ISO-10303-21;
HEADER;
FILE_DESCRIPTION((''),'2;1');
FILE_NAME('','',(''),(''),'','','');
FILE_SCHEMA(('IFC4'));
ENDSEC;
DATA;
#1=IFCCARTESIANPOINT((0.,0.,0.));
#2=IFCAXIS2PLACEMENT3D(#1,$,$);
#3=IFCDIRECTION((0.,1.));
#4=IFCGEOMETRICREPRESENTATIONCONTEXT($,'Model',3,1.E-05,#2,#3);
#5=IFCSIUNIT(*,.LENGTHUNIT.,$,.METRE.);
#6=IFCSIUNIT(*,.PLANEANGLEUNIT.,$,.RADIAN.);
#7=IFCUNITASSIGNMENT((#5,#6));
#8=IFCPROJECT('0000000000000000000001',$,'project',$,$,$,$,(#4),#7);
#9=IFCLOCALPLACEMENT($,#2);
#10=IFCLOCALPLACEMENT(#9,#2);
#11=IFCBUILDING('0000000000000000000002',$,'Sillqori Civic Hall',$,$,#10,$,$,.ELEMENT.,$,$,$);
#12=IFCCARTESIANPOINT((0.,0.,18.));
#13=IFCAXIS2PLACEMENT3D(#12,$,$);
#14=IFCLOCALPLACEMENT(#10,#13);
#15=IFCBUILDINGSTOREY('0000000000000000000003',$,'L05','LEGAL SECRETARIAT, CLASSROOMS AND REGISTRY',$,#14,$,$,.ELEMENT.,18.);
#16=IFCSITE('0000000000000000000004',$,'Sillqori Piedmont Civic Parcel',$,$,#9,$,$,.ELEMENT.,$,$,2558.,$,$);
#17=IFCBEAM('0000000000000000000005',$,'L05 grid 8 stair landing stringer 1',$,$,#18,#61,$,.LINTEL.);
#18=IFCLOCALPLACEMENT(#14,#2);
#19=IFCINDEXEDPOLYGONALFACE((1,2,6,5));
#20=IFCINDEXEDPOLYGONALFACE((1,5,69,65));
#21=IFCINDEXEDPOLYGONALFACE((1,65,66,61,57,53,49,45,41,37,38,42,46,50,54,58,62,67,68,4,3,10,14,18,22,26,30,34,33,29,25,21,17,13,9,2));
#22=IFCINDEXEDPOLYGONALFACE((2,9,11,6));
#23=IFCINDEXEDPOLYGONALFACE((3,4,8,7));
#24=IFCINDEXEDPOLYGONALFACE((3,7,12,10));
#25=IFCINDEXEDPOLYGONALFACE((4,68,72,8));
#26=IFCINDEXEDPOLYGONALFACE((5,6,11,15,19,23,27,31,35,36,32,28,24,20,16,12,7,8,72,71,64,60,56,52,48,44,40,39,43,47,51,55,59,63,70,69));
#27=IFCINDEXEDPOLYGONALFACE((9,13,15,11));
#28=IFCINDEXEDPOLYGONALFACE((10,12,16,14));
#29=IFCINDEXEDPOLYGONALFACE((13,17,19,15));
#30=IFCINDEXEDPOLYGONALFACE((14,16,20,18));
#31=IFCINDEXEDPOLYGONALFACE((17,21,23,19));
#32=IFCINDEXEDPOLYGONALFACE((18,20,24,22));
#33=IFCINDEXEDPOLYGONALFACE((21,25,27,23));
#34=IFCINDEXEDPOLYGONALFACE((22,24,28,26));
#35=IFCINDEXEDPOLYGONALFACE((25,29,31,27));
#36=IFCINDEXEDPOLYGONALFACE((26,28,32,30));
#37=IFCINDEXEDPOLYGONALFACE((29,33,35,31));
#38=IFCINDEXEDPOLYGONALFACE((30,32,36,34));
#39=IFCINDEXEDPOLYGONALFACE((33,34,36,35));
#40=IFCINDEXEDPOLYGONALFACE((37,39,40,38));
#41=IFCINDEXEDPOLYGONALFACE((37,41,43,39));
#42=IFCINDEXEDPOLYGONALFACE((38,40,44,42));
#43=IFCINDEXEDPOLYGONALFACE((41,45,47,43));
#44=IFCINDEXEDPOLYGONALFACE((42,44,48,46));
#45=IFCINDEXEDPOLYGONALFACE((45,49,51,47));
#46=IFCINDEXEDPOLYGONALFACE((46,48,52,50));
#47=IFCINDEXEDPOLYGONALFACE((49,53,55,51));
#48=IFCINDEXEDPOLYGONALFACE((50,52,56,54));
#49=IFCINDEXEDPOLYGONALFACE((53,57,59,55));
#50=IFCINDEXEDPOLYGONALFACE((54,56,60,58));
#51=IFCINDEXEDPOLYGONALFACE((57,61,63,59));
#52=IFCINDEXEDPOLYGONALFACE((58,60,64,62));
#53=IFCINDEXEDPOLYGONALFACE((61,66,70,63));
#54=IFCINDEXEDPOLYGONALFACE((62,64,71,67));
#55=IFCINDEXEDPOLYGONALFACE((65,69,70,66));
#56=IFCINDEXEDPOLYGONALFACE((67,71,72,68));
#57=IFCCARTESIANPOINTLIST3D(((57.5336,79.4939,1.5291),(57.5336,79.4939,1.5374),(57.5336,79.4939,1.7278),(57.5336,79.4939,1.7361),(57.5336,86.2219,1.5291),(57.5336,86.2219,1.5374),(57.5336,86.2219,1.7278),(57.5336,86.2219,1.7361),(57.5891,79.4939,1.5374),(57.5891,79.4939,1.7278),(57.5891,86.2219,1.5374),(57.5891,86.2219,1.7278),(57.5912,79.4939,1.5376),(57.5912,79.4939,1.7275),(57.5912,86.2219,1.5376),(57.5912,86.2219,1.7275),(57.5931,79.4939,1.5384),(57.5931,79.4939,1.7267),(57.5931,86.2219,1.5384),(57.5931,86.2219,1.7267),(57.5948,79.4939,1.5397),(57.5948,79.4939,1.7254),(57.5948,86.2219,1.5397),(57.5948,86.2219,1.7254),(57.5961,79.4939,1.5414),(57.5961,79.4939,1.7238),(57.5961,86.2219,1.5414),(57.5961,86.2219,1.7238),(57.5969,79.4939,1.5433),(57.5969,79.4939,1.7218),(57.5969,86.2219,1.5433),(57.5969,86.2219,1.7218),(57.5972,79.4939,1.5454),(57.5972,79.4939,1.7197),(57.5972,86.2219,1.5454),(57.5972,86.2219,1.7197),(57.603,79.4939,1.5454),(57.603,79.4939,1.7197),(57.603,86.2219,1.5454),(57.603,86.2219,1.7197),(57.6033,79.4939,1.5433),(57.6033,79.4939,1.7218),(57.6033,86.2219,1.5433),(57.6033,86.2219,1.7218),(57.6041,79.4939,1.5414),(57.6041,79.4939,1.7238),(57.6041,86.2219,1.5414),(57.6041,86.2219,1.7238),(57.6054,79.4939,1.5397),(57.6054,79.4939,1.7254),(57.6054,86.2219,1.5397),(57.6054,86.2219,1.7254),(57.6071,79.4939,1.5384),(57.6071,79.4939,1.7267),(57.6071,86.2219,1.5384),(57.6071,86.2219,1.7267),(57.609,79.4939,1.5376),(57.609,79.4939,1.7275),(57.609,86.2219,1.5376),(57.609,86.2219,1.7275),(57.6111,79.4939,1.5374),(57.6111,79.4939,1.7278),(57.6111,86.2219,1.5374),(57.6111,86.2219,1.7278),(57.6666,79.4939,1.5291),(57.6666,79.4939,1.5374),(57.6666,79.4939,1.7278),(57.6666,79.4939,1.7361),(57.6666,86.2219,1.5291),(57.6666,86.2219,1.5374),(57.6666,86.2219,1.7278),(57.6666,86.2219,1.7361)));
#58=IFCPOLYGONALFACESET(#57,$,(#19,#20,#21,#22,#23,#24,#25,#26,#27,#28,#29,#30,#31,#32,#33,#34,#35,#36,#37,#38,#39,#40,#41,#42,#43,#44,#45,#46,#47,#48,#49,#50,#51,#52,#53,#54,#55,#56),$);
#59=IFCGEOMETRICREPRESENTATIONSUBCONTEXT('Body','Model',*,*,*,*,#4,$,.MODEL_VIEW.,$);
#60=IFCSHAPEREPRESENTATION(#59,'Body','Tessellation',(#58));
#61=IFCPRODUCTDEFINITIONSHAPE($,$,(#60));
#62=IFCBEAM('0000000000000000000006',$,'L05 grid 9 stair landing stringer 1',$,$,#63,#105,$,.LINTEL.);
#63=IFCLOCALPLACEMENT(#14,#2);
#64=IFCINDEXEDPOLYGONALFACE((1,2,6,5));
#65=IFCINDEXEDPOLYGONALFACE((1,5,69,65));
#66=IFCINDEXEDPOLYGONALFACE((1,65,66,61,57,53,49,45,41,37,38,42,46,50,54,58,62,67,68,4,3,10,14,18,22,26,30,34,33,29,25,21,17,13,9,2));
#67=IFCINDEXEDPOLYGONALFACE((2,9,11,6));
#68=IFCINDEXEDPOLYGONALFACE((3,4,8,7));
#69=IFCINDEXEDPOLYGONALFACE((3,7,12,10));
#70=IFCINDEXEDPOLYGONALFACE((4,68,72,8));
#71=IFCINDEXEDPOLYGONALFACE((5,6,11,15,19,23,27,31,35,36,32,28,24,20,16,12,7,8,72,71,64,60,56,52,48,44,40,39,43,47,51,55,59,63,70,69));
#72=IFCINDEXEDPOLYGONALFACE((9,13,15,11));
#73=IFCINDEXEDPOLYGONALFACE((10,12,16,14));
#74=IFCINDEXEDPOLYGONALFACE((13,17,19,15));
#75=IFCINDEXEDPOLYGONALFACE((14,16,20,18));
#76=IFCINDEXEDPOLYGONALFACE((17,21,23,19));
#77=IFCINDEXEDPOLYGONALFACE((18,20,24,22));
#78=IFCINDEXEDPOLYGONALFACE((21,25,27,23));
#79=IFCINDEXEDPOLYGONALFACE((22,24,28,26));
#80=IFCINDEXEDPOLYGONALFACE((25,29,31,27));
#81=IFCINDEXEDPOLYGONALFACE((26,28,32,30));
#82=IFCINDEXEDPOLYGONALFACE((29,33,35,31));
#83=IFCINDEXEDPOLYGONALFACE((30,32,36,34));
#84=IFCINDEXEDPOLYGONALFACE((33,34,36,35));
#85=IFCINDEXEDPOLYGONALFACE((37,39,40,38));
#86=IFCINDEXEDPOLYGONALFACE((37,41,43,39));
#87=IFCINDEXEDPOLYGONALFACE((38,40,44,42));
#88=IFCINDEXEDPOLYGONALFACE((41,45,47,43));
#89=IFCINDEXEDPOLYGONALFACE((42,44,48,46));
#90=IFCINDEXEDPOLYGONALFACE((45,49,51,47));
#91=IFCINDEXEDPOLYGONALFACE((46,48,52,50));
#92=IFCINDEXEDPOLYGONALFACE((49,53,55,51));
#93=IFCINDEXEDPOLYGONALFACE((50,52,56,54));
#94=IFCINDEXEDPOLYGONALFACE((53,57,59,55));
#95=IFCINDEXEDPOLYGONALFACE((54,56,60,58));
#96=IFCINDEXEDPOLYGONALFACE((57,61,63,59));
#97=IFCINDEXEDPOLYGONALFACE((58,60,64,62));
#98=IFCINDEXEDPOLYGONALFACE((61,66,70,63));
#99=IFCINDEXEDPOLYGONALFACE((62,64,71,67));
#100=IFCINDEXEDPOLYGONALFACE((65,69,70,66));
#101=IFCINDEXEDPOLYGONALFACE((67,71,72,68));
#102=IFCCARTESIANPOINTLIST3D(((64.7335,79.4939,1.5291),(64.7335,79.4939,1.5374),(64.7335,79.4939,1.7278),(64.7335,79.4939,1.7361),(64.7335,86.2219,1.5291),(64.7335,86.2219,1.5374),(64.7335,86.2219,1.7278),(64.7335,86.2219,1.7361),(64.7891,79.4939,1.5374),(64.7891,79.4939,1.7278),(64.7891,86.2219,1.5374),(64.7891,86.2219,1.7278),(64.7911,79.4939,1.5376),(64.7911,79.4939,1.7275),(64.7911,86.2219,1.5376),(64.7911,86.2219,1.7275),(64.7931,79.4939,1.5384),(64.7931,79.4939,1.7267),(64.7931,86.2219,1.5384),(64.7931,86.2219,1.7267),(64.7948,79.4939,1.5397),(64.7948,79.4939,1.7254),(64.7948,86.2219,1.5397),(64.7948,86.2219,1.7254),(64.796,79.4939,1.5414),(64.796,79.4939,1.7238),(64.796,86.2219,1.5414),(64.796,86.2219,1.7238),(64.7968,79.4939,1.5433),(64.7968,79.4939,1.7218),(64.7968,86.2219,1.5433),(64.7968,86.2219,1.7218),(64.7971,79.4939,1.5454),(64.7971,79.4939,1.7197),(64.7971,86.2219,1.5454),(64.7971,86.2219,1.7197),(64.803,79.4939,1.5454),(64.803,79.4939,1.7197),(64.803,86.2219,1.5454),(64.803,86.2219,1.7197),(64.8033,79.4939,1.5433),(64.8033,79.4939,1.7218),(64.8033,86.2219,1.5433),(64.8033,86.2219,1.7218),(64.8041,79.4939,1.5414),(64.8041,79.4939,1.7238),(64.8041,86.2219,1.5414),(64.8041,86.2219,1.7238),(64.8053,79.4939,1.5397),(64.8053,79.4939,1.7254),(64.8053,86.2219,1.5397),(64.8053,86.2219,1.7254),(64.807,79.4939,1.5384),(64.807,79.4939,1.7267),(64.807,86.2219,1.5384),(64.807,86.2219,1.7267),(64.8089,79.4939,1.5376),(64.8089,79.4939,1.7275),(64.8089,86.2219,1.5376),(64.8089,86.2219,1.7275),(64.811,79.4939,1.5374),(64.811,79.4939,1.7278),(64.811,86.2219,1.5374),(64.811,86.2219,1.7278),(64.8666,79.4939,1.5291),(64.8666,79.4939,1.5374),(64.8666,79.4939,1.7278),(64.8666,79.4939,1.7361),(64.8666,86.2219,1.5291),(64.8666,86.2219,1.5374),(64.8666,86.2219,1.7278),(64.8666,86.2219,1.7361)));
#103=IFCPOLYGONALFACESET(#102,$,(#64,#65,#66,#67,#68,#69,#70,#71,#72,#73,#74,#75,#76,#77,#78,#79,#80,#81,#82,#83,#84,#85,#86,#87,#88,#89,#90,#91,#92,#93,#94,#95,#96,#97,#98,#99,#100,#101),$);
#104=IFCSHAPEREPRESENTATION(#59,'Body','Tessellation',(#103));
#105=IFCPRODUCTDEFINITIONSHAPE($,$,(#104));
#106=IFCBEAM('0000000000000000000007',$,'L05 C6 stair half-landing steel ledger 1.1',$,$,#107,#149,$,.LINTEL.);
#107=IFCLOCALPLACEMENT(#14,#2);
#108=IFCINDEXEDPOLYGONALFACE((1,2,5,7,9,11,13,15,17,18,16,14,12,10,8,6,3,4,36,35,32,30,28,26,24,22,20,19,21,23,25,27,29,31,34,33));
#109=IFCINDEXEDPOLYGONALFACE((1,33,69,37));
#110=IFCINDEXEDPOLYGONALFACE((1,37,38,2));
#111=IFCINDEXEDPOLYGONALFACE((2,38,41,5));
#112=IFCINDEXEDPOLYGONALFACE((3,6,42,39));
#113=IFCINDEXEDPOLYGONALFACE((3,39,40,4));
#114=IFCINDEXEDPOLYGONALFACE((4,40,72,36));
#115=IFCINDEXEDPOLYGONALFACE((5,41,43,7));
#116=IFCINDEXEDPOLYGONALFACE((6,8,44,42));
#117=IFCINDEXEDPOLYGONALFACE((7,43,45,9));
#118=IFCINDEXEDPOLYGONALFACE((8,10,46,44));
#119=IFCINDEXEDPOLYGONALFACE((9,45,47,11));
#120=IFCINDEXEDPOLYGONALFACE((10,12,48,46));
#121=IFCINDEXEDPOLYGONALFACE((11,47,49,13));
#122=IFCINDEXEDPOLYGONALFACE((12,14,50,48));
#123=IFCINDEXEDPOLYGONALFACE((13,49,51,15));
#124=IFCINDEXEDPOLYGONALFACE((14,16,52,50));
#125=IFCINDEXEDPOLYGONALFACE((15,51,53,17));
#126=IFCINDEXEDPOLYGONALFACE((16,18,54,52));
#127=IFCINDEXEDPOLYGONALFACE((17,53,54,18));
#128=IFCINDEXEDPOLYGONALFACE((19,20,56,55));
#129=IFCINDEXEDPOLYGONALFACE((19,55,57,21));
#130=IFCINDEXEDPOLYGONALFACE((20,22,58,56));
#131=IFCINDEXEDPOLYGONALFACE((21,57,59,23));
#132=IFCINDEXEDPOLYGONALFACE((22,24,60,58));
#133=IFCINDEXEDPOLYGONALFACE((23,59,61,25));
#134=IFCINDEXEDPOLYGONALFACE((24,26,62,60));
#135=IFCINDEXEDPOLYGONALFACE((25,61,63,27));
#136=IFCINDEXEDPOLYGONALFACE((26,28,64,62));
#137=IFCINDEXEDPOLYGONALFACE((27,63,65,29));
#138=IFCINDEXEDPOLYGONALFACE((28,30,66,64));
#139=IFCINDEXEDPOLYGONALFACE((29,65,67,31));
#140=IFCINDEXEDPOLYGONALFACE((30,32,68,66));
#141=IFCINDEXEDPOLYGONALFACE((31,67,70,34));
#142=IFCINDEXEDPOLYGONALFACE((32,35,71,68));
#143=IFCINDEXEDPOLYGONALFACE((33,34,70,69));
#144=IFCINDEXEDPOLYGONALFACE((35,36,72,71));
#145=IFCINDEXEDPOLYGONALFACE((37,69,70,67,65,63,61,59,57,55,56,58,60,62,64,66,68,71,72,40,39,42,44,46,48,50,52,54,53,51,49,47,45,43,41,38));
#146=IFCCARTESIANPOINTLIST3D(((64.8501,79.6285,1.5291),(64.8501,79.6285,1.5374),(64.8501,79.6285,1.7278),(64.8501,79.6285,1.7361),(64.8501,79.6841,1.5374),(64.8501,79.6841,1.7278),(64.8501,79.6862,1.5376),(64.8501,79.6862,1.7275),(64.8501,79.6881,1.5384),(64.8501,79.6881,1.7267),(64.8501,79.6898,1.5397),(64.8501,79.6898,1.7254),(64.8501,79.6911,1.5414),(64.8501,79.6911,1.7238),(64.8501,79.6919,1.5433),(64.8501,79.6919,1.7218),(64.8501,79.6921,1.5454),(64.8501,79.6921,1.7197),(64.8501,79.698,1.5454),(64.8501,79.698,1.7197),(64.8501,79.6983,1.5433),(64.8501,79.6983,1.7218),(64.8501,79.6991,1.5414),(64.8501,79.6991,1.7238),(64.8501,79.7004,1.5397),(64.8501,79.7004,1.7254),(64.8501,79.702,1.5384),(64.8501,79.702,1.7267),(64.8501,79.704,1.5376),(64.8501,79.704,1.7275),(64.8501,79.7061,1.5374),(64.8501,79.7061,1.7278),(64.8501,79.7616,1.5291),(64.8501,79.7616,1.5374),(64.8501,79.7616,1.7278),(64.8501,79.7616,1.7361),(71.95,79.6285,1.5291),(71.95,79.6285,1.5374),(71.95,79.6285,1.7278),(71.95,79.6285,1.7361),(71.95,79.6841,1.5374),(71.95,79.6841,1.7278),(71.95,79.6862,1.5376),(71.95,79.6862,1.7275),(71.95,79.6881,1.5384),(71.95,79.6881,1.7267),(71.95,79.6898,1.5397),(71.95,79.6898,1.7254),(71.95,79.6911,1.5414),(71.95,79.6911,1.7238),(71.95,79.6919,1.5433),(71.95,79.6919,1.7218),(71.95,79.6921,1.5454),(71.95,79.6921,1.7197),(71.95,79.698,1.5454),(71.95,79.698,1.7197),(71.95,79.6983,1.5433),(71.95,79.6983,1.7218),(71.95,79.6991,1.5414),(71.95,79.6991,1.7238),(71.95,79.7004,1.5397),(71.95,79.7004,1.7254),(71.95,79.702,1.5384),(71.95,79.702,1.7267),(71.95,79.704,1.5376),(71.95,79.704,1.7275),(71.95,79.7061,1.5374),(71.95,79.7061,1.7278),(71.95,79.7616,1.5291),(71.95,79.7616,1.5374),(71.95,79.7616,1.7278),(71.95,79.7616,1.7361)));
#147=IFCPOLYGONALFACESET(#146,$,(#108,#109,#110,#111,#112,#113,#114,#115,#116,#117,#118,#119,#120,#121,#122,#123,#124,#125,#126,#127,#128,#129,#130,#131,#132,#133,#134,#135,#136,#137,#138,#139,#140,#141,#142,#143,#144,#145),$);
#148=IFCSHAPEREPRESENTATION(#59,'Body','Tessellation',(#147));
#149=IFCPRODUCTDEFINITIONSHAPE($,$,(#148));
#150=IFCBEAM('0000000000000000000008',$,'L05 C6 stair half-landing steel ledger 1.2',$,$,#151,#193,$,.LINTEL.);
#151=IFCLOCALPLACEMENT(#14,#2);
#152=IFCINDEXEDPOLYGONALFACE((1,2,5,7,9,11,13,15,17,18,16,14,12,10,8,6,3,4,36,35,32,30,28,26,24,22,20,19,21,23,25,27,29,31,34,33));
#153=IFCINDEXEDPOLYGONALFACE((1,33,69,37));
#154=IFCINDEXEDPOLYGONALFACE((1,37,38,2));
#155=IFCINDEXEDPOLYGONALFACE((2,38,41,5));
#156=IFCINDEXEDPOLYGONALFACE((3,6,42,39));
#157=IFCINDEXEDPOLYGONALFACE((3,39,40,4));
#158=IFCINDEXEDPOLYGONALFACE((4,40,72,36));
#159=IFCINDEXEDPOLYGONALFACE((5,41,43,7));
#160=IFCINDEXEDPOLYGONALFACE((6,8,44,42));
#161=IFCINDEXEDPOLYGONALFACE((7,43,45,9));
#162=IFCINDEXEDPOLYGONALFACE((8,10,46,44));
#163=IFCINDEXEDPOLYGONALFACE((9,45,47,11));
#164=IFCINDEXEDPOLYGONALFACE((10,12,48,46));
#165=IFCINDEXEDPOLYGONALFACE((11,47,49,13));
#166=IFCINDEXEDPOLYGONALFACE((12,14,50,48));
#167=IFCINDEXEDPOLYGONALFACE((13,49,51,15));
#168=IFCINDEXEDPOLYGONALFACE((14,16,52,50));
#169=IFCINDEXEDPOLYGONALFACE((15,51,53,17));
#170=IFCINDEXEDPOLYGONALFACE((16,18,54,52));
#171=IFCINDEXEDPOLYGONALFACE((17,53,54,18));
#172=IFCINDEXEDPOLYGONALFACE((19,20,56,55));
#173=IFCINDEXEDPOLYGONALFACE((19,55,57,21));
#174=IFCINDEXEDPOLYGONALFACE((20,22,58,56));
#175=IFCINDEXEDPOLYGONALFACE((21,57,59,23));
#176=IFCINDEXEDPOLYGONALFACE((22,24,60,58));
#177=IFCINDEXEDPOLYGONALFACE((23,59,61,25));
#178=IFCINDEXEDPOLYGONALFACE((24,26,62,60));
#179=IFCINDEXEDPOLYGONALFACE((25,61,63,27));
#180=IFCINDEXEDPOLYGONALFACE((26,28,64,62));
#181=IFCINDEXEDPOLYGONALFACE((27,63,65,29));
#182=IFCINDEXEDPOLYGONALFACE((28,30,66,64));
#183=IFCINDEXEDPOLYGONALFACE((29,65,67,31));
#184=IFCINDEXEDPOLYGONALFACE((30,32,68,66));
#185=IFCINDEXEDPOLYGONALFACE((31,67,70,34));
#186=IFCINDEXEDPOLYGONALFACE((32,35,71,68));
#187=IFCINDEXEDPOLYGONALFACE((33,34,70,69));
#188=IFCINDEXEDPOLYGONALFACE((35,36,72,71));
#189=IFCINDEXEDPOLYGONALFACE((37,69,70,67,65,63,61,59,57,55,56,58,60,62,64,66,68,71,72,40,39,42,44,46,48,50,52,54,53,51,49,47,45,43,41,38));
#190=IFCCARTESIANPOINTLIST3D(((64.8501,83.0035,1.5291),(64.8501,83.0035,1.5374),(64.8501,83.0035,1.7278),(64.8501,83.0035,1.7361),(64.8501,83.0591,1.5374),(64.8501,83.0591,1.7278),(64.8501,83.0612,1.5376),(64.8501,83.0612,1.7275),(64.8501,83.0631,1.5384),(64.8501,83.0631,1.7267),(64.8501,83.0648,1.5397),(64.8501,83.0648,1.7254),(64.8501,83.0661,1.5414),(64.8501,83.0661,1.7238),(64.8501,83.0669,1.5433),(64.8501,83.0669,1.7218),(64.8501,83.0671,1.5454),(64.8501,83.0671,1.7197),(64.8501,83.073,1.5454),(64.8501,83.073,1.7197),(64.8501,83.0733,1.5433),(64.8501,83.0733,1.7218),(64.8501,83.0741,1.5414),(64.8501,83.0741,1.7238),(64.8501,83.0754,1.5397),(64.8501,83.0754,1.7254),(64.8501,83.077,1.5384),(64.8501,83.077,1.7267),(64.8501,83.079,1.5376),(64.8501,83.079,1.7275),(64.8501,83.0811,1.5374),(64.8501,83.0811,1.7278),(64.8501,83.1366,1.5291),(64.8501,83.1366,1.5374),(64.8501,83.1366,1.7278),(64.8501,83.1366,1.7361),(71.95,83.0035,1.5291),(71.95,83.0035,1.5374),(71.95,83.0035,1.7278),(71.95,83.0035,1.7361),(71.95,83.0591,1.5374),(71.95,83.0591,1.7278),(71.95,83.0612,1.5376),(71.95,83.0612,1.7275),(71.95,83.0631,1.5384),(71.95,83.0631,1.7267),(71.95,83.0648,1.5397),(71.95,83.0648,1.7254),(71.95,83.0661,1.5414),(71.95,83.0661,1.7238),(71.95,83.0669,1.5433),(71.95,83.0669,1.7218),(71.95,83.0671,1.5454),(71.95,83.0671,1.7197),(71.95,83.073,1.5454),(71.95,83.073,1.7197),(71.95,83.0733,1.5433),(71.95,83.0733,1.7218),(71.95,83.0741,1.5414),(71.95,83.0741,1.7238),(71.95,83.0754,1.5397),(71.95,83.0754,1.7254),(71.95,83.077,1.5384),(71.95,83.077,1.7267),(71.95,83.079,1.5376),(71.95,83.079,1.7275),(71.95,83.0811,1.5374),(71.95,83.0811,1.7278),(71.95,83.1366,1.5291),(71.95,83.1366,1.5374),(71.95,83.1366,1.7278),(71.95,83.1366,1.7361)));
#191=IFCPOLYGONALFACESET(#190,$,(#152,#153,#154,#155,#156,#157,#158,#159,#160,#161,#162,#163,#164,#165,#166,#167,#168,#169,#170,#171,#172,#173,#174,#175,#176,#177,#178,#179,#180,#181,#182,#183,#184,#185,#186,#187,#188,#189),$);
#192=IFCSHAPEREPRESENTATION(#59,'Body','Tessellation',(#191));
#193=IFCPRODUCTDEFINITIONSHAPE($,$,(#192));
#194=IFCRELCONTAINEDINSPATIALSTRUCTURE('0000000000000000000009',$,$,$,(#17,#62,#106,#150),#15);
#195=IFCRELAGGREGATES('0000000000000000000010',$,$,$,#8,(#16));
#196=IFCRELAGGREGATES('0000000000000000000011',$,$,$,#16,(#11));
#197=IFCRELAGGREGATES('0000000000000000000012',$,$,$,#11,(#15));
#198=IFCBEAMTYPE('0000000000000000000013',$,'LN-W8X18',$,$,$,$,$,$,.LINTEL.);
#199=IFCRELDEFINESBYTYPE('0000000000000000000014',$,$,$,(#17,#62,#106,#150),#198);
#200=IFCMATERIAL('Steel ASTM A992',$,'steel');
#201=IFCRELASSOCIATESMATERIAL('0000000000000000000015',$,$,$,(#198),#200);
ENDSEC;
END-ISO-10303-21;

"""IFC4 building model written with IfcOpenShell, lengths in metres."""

from ifc_helpers import new_model, si_unit, direction, frame, origin, origin_2d, place, context, subcontext, project, spatial, i_section, extrude, material, material_profile, profile_set, type_object, element, save


model = new_model("IFC4")

# Units and contexts
model_context = context("Model", 3, precision=1e-05, world=origin(), true_north=direction((0.0, 1.0)))
body_context = subcontext(model_context, "Body", "Model", "MODEL_VIEW")
ifc_project = project(units=[si_unit("LENGTHUNIT", "METRE"), si_unit("PLANEANGLEUNIT", "RADIAN")], contexts=[model_context])

# Site, building, storey
site_placement = place(None, origin())
site = spatial("IfcSite", under=ifc_project, at=site_placement, Name="Sillqori Piedmont Civic Parcel", CompositionType="ELEMENT", RefElevation=2558.0)
building_placement = place(site_placement, origin())
building = spatial("IfcBuilding", under=site, at=building_placement, Name="Sillqori Civic Hall", CompositionType="ELEMENT")
storey_placement = place(building_placement, frame((0.0, 0.0, 18.0)))
storey = spatial("IfcBuildingStorey", under=building, at=storey_placement, Name="L05", Description="LEGAL SECRETARIAT, CLASSROOMS AND REGISTRY", CompositionType="ELEMENT", Elevation=18.0)

# Shared definitions
ifc_material_1 = material(Name="Steel ASTM A992", Category="steel")

# Beams
ifc_material_profile_1 = material_profile(ifc_material_1, i_section(OverallWidth=0.1331, OverallDepth=0.207, WebThickness=0.0059, FlangeThickness=0.0083, FilletRadius=0.0081, at=origin_2d()), Name="W8X18")
ifc_profile_set_1 = profile_set([ifc_material_profile_1], Name="Steel ASTM A992")
beam_type_1 = type_object("IfcBeamType", Name="LN-W8X18", PredefinedType="LINTEL", material=ifc_profile_set_1)
for number, where, z_axis, x_axis, name in (
    (1, (57.6001, 79.4939, 1.6326), (0.0, 1.0, 0.0), (-1.0, 0.0, 0.0), "L05 grid 8 stair landing stringer 1"),
    (2, (64.8, 79.4939, 1.6326), (0.0, 1.0, 0.0), (-1.0, 0.0, 0.0), "L05 grid 9 stair landing stringer 1"),
):
    element("IfcBeam", number, at=place(storey_placement, frame(where, z_axis=z_axis, x_axis=x_axis)), inside=storey, type_object=beam_type_1, Name=name, PredefinedType="LINTEL", context=body_context, shape_type="SweptSolid", body=[
        extrude(i_section(OverallWidth=0.1331, OverallDepth=0.207, WebThickness=0.0059, FlangeThickness=0.0083, FilletRadius=0.0081, at=origin_2d()), origin(), (0.0, 0.0, 1.0), 6.728),
    ])
for number, where, z_axis, x_axis, name in (
    (3, (64.8501, 79.6951, 1.6326), (1.0, 0.0, 0.0), (0.0, 1.0, 0.0), "L05 C6 stair half-landing steel ledger 1.1"),
    (4, (64.8501, 83.0701, 1.6326), (1.0, 0.0, 0.0), (0.0, 1.0, 0.0), "L05 C6 stair half-landing steel ledger 1.2"),
):
    element("IfcBeam", number, at=place(storey_placement, frame(where, z_axis=z_axis, x_axis=x_axis)), inside=storey, type_object=beam_type_1, Name=name, PredefinedType="LINTEL", context=body_context, shape_type="SweptSolid", body=[
        extrude(i_section(OverallWidth=0.1331, OverallDepth=0.207, WebThickness=0.0059, FlangeThickness=0.0083, FilletRadius=0.0081, at=origin_2d()), origin(), (0.0, 0.0, 1.0), 7.0999),
    ])

save(model, "model.ifc")
